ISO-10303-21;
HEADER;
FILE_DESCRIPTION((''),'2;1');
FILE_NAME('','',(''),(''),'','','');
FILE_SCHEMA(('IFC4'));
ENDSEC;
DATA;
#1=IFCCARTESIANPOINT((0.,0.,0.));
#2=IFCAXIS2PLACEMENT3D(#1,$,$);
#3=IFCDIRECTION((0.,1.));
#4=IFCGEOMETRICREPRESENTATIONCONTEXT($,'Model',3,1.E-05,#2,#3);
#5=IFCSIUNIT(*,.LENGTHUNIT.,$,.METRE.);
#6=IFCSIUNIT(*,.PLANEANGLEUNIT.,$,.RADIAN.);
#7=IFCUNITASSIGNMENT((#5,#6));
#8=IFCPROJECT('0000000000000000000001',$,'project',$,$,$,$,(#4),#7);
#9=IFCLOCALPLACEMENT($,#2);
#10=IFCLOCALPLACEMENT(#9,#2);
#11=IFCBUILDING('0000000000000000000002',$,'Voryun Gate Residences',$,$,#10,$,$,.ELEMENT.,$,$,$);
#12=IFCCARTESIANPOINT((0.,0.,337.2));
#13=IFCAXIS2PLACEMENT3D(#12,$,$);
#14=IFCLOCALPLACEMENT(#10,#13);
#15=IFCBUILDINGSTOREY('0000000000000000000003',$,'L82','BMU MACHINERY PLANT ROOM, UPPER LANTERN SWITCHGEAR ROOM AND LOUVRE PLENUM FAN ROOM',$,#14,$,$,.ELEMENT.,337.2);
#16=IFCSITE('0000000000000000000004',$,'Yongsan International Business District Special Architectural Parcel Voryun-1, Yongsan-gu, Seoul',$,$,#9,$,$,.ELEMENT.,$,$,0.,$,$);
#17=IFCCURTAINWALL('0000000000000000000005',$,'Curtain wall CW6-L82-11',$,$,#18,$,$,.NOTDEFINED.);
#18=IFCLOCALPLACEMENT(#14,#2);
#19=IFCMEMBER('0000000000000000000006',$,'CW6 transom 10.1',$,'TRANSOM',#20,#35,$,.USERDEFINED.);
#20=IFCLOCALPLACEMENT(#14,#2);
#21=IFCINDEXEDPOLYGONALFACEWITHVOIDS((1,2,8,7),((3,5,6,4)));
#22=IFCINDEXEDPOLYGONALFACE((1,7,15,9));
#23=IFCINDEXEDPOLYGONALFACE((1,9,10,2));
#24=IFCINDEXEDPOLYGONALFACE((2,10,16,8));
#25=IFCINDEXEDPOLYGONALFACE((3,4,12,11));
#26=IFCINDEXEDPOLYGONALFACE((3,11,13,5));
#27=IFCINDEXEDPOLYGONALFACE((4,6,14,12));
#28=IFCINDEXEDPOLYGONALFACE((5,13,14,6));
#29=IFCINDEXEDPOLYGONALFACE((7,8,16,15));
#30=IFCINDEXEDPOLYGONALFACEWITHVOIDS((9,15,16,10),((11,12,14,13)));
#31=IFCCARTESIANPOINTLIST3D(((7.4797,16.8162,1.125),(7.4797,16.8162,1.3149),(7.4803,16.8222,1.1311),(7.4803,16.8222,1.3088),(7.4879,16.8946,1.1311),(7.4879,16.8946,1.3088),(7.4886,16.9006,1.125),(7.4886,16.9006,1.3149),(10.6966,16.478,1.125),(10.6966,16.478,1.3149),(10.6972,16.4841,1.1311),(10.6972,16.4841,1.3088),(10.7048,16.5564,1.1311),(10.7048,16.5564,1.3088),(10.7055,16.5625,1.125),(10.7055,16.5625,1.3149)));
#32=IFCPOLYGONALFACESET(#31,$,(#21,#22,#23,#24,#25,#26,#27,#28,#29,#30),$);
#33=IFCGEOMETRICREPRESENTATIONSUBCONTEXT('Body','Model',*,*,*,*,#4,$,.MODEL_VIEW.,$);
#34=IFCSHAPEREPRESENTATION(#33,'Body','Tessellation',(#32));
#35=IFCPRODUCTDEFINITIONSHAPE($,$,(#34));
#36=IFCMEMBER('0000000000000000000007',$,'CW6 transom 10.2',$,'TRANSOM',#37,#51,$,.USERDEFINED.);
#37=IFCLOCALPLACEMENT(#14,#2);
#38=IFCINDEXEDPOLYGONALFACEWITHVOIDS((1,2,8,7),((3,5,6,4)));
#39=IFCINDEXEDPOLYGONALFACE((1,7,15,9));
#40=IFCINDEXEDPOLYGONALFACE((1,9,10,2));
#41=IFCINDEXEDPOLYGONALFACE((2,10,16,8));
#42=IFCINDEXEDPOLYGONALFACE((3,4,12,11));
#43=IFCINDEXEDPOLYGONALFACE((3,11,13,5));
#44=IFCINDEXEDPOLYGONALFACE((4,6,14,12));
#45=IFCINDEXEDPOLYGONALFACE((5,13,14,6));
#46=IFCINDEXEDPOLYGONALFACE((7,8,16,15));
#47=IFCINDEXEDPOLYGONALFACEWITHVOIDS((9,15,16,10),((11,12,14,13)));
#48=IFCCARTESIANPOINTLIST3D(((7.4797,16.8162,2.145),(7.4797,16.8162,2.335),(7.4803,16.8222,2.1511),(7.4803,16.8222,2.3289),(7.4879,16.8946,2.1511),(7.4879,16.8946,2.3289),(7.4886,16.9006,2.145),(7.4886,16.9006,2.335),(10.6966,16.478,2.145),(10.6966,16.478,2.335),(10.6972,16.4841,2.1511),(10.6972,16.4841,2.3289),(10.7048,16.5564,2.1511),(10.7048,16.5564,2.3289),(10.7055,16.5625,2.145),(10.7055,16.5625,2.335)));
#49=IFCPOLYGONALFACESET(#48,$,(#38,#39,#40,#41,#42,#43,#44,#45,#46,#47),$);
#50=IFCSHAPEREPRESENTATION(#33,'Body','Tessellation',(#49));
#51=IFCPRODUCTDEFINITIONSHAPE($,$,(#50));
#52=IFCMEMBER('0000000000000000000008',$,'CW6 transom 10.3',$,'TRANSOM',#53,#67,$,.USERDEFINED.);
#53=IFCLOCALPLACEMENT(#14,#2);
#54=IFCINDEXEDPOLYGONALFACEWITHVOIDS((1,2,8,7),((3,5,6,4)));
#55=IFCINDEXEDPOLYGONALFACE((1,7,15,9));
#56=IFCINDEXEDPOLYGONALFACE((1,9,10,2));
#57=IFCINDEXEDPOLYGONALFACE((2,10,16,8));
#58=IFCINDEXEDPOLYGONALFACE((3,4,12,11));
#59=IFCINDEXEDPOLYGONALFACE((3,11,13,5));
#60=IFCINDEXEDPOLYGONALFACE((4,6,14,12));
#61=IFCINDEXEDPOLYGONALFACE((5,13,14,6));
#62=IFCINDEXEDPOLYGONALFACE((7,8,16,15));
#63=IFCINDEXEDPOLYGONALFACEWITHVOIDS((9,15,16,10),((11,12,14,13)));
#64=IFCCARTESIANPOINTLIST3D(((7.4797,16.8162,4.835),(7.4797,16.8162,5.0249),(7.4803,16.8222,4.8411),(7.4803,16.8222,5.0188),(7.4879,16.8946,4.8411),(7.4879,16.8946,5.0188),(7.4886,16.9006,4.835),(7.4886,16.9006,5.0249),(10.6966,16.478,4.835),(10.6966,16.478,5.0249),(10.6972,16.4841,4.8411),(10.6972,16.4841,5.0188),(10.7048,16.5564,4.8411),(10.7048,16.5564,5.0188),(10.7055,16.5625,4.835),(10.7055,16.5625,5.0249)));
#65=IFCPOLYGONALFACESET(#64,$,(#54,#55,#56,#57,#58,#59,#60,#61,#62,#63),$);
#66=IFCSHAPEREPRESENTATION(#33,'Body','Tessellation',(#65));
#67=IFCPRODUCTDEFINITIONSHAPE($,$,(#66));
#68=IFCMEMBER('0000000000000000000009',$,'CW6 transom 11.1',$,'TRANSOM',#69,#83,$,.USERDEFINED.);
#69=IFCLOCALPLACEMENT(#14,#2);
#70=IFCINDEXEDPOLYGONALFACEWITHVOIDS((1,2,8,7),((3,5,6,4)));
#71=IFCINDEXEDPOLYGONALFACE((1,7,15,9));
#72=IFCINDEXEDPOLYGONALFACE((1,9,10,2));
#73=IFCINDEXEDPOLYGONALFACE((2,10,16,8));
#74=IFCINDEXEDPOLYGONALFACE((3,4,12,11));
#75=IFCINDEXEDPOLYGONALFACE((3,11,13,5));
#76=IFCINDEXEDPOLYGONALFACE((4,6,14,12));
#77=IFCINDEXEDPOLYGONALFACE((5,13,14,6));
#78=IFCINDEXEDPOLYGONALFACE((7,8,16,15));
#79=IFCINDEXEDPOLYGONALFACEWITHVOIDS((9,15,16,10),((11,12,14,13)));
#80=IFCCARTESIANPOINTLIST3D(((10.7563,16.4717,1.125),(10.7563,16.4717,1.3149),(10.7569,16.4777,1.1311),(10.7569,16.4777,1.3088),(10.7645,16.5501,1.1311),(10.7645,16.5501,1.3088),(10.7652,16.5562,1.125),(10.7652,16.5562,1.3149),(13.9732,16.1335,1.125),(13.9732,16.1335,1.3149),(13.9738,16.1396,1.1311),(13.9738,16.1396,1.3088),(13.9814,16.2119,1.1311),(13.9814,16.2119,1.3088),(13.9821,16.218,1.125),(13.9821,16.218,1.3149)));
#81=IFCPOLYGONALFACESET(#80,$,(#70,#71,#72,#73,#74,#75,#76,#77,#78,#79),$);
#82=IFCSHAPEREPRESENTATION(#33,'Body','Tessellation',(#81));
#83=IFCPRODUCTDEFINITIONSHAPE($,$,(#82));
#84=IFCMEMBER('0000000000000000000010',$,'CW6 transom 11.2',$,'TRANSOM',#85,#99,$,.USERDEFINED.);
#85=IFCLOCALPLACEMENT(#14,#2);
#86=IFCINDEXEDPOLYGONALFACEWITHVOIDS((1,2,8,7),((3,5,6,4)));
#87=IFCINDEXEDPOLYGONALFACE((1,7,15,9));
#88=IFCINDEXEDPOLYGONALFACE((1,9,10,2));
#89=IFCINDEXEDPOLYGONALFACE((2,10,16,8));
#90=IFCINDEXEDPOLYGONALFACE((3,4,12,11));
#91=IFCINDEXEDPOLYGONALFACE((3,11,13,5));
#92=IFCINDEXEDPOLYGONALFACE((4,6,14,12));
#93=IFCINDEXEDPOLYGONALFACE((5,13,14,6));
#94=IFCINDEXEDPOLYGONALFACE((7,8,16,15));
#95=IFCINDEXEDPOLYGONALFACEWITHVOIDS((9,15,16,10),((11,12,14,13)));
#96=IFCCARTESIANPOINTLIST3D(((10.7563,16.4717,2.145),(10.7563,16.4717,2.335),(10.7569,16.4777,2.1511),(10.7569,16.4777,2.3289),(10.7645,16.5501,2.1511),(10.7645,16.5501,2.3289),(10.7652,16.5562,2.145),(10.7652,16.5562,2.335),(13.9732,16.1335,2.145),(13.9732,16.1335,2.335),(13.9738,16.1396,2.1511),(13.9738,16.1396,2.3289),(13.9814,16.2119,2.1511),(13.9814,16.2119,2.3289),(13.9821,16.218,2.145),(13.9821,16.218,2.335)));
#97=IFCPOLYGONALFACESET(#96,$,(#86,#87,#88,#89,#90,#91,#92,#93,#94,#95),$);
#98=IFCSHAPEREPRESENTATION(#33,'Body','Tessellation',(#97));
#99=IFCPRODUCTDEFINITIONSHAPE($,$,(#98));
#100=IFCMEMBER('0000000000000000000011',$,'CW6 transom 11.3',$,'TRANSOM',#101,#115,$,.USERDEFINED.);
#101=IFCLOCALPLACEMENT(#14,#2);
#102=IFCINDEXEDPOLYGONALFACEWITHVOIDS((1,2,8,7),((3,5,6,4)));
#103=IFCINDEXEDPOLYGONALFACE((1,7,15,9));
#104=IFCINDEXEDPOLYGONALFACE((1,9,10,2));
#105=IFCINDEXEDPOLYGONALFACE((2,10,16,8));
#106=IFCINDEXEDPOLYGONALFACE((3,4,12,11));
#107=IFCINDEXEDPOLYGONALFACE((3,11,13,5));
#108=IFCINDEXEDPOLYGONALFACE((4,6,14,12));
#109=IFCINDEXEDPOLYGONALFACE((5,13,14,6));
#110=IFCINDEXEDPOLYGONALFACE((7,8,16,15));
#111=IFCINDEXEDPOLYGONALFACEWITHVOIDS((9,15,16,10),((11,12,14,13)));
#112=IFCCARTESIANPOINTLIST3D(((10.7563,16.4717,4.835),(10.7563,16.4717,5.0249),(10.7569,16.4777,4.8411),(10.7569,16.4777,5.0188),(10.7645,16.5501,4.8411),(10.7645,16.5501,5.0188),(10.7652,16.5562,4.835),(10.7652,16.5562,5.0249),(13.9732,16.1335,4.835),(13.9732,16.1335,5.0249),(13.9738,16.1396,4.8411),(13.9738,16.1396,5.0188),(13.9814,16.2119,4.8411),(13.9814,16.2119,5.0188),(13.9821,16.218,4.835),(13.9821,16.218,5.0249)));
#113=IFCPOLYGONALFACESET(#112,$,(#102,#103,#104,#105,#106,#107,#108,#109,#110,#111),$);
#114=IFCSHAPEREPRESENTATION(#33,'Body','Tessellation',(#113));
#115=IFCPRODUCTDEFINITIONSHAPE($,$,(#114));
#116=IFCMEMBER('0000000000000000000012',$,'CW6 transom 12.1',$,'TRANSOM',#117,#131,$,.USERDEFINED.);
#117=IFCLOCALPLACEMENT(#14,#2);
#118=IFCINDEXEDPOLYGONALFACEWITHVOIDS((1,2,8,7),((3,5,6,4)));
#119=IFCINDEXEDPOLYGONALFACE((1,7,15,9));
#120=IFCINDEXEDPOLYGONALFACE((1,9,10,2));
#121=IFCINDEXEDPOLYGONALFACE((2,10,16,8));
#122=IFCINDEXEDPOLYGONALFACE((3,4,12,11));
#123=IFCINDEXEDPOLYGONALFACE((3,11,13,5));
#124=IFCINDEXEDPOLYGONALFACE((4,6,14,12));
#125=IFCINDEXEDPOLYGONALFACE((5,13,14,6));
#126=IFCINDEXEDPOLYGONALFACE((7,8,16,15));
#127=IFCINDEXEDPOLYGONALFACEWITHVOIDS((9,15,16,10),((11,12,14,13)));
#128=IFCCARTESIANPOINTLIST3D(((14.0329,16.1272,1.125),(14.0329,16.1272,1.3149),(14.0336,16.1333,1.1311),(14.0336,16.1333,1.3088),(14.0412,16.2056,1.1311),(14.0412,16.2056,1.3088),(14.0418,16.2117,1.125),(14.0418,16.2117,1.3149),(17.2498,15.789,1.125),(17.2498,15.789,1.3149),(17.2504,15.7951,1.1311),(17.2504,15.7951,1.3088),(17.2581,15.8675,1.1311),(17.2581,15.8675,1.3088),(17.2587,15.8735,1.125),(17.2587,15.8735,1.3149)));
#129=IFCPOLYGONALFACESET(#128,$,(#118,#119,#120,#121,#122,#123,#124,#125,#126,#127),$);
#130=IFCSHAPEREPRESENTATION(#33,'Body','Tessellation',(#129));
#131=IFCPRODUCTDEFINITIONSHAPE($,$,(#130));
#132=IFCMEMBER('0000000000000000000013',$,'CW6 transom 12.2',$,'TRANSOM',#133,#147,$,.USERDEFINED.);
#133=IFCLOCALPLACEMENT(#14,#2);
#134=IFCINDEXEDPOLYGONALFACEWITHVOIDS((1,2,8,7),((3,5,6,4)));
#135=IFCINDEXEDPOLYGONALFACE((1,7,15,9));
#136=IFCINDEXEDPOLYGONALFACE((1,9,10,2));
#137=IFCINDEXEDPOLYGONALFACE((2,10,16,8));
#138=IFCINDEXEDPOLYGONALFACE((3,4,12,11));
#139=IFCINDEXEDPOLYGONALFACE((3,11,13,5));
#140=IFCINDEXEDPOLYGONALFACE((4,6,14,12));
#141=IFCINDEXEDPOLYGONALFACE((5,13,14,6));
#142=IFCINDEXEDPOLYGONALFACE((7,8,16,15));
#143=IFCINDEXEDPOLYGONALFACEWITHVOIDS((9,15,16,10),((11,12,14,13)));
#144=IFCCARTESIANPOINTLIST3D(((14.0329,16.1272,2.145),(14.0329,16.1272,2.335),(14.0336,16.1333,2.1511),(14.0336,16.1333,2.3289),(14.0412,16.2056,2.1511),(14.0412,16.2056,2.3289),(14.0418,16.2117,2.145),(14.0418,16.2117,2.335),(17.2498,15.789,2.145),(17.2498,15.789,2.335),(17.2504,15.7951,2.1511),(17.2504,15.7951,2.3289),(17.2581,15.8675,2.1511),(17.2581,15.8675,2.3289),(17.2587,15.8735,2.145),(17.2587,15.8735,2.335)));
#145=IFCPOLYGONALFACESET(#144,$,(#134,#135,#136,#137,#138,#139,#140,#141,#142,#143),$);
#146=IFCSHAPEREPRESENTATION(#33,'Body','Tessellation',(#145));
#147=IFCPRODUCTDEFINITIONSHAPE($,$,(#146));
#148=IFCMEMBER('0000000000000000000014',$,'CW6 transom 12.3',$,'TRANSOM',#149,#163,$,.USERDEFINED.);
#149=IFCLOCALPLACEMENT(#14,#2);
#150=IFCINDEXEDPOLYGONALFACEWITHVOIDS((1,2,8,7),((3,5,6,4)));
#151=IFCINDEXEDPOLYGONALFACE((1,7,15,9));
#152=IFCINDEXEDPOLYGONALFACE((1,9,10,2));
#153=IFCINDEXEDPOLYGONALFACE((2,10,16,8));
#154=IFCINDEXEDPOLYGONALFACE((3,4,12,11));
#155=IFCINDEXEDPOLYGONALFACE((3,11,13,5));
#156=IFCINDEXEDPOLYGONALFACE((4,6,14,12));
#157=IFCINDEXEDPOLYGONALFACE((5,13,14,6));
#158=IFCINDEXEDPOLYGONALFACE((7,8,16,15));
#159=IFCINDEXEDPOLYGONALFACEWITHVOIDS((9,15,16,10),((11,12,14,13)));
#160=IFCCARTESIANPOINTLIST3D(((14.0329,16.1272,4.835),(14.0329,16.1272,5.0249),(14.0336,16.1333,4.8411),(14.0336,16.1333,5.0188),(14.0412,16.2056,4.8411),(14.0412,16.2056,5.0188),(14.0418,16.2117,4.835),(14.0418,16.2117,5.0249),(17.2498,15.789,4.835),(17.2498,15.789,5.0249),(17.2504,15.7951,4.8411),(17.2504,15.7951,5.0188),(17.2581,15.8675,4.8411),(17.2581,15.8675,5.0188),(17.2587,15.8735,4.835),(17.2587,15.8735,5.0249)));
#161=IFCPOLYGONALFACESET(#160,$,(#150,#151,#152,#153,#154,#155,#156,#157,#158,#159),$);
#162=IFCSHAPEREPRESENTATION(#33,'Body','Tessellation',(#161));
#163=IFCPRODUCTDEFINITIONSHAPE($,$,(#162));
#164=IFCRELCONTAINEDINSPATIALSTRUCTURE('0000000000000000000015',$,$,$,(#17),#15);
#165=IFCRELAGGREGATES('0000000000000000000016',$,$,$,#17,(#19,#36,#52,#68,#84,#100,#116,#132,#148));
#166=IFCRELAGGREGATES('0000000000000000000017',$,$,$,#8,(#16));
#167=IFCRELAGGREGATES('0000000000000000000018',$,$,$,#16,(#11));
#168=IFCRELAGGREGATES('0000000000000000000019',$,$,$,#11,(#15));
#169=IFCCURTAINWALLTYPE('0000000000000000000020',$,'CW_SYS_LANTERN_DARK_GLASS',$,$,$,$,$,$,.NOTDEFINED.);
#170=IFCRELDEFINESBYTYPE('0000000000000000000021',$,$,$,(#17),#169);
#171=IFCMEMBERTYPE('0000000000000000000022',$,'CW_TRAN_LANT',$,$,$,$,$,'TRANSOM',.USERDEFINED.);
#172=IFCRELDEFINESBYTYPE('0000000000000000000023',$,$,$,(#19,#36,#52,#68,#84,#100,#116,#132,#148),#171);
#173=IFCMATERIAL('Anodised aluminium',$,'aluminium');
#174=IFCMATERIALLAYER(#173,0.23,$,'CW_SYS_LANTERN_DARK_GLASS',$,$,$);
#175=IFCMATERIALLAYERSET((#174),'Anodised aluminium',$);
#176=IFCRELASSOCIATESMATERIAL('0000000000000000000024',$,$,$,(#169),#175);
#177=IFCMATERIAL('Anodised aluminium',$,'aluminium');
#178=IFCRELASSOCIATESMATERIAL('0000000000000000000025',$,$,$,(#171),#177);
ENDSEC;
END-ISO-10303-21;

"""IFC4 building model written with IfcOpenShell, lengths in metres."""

from ifc_helpers import new_model, si_unit, direction, frame, origin, origin_2d, place, context, subcontext, project, spatial, hollow_rectangle, extrude, material, layer, layer_set, material_profile, profile_set, type_object, element, aggregate, save


model = new_model("IFC4")

# Units and contexts
model_context = context("Model", 3, precision=1e-05, world=origin(), true_north=direction((0.0, 1.0)))
body_context = subcontext(model_context, "Body", "Model", "MODEL_VIEW")
ifc_project = project(units=[si_unit("LENGTHUNIT", "METRE"), si_unit("PLANEANGLEUNIT", "RADIAN")], contexts=[model_context])

# Site, building, storey
site_placement = place(None, origin())
site = spatial("IfcSite", under=ifc_project, at=site_placement, Name="Yongsan International Business District Special Architectural Parcel Voryun-1, Yongsan-gu, Seoul", CompositionType="ELEMENT", RefElevation=0.0)
building_placement = place(site_placement, origin())
building = spatial("IfcBuilding", under=site, at=building_placement, Name="Voryun Gate Residences", CompositionType="ELEMENT")
storey_placement = place(building_placement, frame((0.0, 0.0, 337.2)))
storey = spatial("IfcBuildingStorey", under=building, at=storey_placement, Name="L82", Description="BMU MACHINERY PLANT ROOM, UPPER LANTERN SWITCHGEAR ROOM AND LOUVRE PLENUM FAN ROOM", CompositionType="ELEMENT", Elevation=337.2)

# Curtain wall, members
ifc_material_1 = material(Name="Anodised aluminium", Category="aluminium")
ifc_layer_1 = layer(ifc_material_1, 0.23, Name="CW_SYS_LANTERN_DARK_GLASS")
ifc_layer_set_1 = layer_set([ifc_layer_1], Name="Anodised aluminium")
curtain_wall_type = type_object("IfcCurtainWallType", Name="CW_SYS_LANTERN_DARK_GLASS", PredefinedType="NOTDEFINED", material=ifc_layer_set_1)
curtain_wall_placement = place(storey_placement, origin())
curtain_wall = element("IfcCurtainWall", 1, at=curtain_wall_placement, inside=storey, type_object=curtain_wall_type, Name="Curtain wall CW6-L82-11", PredefinedType="NOTDEFINED")
ifc_material_2 = material(Name="Anodised aluminium", Category="aluminium")
ifc_material_profile_1 = material_profile(ifc_material_2, hollow_rectangle(XDim=0.085, YDim=0.1899, WallThickness=0.0061, at=origin_2d()), Name="ALU-TRAN-190x85x6")
ifc_profile_set_1 = profile_set([ifc_material_profile_1], Name="Anodised aluminium")
member_type_1 = type_object("IfcMemberType", Name="CW_TRAN_LANT", ElementType="TRANSOM", PredefinedType="USERDEFINED", material=ifc_profile_set_1)
member_1_placement = place(storey_placement, frame((7.4841, 16.8584, 1.22), z_axis=(0.994521, -0.104539, 0.0), x_axis=(0.104539, 0.994521, 0.0)))
member_1 = element("IfcMember", 2, at=member_1_placement, type_object=member_type_1, Name="CW6 transom 10.1", ObjectType="TRANSOM", PredefinedType="USERDEFINED", context=body_context, shape_type="SweptSolid", body=[
    extrude(hollow_rectangle(XDim=0.085, YDim=0.1899, WallThickness=0.0061, at=origin_2d()), origin(), (0.0, 0.0, 1.0), 3.2346),
])
member_2_placement = place(storey_placement, frame((7.4841, 16.8584, 2.24), z_axis=(0.994521, -0.104539, 0.0), x_axis=(0.104539, 0.994521, 0.0)))
member_2 = element("IfcMember", 3, at=member_2_placement, type_object=member_type_1, Name="CW6 transom 10.2", ObjectType="TRANSOM", PredefinedType="USERDEFINED", context=body_context, shape_type="SweptSolid", body=[
    extrude(hollow_rectangle(XDim=0.085, YDim=0.1899, WallThickness=0.0061, at=origin_2d()), origin(), (0.0, 0.0, 1.0), 3.2346),
])
member_3_placement = place(storey_placement, frame((7.4841, 16.8584, 4.9299), z_axis=(0.994521, -0.104539, 0.0), x_axis=(0.104539, 0.994521, 0.0)))
member_3 = element("IfcMember", 4, at=member_3_placement, type_object=member_type_1, Name="CW6 transom 10.3", ObjectType="TRANSOM", PredefinedType="USERDEFINED", context=body_context, shape_type="SweptSolid", body=[
    extrude(hollow_rectangle(XDim=0.085, YDim=0.1899, WallThickness=0.0061, at=origin_2d()), origin(), (0.0, 0.0, 1.0), 3.2346),
])
member_4_placement = place(storey_placement, frame((10.7607, 16.5139, 1.22), z_axis=(0.994521, -0.104539, 0.0), x_axis=(0.104539, 0.994521, 0.0)))
member_4 = element("IfcMember", 5, at=member_4_placement, type_object=member_type_1, Name="CW6 transom 11.1", ObjectType="TRANSOM", PredefinedType="USERDEFINED", context=body_context, shape_type="SweptSolid", body=[
    extrude(hollow_rectangle(XDim=0.085, YDim=0.1899, WallThickness=0.0061, at=origin_2d()), origin(), (0.0, 0.0, 1.0), 3.2346),
])
member_5_placement = place(storey_placement, frame((10.7607, 16.5139, 2.24), z_axis=(0.994521, -0.104539, 0.0), x_axis=(0.104539, 0.994521, 0.0)))
member_5 = element("IfcMember", 6, at=member_5_placement, type_object=member_type_1, Name="CW6 transom 11.2", ObjectType="TRANSOM", PredefinedType="USERDEFINED", context=body_context, shape_type="SweptSolid", body=[
    extrude(hollow_rectangle(XDim=0.085, YDim=0.1899, WallThickness=0.0061, at=origin_2d()), origin(), (0.0, 0.0, 1.0), 3.2346),
])
member_6_placement = place(storey_placement, frame((10.7607, 16.5139, 4.9299), z_axis=(0.994521, -0.104539, 0.0), x_axis=(0.104539, 0.994521, 0.0)))
member_6 = element("IfcMember", 7, at=member_6_placement, type_object=member_type_1, Name="CW6 transom 11.3", ObjectType="TRANSOM", PredefinedType="USERDEFINED", context=body_context, shape_type="SweptSolid", body=[
    extrude(hollow_rectangle(XDim=0.085, YDim=0.1899, WallThickness=0.0061, at=origin_2d()), origin(), (0.0, 0.0, 1.0), 3.2346),
])
member_7_placement = place(storey_placement, frame((14.0374, 16.1694, 1.22), z_axis=(0.994521, -0.104539, 0.0), x_axis=(0.104539, 0.994521, 0.0)))
member_7 = element("IfcMember", 8, at=member_7_placement, type_object=member_type_1, Name="CW6 transom 12.1", ObjectType="TRANSOM", PredefinedType="USERDEFINED", context=body_context, shape_type="SweptSolid", body=[
    extrude(hollow_rectangle(XDim=0.085, YDim=0.1899, WallThickness=0.0061, at=origin_2d()), origin(), (0.0, 0.0, 1.0), 3.2346),
])
member_8_placement = place(storey_placement, frame((14.0374, 16.1694, 2.24), z_axis=(0.994521, -0.104539, 0.0), x_axis=(0.104539, 0.994521, 0.0)))
member_8 = element("IfcMember", 9, at=member_8_placement, type_object=member_type_1, Name="CW6 transom 12.2", ObjectType="TRANSOM", PredefinedType="USERDEFINED", context=body_context, shape_type="SweptSolid", body=[
    extrude(hollow_rectangle(XDim=0.085, YDim=0.1899, WallThickness=0.0061, at=origin_2d()), origin(), (0.0, 0.0, 1.0), 3.2346),
])
member_9_placement = place(storey_placement, frame((14.0374, 16.1694, 4.9299), z_axis=(0.994521, -0.104539, 0.0), x_axis=(0.104539, 0.994521, 0.0)))
member_9 = element("IfcMember", 10, at=member_9_placement, type_object=member_type_1, Name="CW6 transom 12.3", ObjectType="TRANSOM", PredefinedType="USERDEFINED", context=body_context, shape_type="SweptSolid", body=[
    extrude(hollow_rectangle(XDim=0.085, YDim=0.1899, WallThickness=0.0061, at=origin_2d()), origin(), (0.0, 0.0, 1.0), 3.2346),
])

aggregate(curtain_wall, [member_1, member_2, member_3, member_4, member_5, member_6, member_7, member_8, member_9])

save(model, "model.ifc")
